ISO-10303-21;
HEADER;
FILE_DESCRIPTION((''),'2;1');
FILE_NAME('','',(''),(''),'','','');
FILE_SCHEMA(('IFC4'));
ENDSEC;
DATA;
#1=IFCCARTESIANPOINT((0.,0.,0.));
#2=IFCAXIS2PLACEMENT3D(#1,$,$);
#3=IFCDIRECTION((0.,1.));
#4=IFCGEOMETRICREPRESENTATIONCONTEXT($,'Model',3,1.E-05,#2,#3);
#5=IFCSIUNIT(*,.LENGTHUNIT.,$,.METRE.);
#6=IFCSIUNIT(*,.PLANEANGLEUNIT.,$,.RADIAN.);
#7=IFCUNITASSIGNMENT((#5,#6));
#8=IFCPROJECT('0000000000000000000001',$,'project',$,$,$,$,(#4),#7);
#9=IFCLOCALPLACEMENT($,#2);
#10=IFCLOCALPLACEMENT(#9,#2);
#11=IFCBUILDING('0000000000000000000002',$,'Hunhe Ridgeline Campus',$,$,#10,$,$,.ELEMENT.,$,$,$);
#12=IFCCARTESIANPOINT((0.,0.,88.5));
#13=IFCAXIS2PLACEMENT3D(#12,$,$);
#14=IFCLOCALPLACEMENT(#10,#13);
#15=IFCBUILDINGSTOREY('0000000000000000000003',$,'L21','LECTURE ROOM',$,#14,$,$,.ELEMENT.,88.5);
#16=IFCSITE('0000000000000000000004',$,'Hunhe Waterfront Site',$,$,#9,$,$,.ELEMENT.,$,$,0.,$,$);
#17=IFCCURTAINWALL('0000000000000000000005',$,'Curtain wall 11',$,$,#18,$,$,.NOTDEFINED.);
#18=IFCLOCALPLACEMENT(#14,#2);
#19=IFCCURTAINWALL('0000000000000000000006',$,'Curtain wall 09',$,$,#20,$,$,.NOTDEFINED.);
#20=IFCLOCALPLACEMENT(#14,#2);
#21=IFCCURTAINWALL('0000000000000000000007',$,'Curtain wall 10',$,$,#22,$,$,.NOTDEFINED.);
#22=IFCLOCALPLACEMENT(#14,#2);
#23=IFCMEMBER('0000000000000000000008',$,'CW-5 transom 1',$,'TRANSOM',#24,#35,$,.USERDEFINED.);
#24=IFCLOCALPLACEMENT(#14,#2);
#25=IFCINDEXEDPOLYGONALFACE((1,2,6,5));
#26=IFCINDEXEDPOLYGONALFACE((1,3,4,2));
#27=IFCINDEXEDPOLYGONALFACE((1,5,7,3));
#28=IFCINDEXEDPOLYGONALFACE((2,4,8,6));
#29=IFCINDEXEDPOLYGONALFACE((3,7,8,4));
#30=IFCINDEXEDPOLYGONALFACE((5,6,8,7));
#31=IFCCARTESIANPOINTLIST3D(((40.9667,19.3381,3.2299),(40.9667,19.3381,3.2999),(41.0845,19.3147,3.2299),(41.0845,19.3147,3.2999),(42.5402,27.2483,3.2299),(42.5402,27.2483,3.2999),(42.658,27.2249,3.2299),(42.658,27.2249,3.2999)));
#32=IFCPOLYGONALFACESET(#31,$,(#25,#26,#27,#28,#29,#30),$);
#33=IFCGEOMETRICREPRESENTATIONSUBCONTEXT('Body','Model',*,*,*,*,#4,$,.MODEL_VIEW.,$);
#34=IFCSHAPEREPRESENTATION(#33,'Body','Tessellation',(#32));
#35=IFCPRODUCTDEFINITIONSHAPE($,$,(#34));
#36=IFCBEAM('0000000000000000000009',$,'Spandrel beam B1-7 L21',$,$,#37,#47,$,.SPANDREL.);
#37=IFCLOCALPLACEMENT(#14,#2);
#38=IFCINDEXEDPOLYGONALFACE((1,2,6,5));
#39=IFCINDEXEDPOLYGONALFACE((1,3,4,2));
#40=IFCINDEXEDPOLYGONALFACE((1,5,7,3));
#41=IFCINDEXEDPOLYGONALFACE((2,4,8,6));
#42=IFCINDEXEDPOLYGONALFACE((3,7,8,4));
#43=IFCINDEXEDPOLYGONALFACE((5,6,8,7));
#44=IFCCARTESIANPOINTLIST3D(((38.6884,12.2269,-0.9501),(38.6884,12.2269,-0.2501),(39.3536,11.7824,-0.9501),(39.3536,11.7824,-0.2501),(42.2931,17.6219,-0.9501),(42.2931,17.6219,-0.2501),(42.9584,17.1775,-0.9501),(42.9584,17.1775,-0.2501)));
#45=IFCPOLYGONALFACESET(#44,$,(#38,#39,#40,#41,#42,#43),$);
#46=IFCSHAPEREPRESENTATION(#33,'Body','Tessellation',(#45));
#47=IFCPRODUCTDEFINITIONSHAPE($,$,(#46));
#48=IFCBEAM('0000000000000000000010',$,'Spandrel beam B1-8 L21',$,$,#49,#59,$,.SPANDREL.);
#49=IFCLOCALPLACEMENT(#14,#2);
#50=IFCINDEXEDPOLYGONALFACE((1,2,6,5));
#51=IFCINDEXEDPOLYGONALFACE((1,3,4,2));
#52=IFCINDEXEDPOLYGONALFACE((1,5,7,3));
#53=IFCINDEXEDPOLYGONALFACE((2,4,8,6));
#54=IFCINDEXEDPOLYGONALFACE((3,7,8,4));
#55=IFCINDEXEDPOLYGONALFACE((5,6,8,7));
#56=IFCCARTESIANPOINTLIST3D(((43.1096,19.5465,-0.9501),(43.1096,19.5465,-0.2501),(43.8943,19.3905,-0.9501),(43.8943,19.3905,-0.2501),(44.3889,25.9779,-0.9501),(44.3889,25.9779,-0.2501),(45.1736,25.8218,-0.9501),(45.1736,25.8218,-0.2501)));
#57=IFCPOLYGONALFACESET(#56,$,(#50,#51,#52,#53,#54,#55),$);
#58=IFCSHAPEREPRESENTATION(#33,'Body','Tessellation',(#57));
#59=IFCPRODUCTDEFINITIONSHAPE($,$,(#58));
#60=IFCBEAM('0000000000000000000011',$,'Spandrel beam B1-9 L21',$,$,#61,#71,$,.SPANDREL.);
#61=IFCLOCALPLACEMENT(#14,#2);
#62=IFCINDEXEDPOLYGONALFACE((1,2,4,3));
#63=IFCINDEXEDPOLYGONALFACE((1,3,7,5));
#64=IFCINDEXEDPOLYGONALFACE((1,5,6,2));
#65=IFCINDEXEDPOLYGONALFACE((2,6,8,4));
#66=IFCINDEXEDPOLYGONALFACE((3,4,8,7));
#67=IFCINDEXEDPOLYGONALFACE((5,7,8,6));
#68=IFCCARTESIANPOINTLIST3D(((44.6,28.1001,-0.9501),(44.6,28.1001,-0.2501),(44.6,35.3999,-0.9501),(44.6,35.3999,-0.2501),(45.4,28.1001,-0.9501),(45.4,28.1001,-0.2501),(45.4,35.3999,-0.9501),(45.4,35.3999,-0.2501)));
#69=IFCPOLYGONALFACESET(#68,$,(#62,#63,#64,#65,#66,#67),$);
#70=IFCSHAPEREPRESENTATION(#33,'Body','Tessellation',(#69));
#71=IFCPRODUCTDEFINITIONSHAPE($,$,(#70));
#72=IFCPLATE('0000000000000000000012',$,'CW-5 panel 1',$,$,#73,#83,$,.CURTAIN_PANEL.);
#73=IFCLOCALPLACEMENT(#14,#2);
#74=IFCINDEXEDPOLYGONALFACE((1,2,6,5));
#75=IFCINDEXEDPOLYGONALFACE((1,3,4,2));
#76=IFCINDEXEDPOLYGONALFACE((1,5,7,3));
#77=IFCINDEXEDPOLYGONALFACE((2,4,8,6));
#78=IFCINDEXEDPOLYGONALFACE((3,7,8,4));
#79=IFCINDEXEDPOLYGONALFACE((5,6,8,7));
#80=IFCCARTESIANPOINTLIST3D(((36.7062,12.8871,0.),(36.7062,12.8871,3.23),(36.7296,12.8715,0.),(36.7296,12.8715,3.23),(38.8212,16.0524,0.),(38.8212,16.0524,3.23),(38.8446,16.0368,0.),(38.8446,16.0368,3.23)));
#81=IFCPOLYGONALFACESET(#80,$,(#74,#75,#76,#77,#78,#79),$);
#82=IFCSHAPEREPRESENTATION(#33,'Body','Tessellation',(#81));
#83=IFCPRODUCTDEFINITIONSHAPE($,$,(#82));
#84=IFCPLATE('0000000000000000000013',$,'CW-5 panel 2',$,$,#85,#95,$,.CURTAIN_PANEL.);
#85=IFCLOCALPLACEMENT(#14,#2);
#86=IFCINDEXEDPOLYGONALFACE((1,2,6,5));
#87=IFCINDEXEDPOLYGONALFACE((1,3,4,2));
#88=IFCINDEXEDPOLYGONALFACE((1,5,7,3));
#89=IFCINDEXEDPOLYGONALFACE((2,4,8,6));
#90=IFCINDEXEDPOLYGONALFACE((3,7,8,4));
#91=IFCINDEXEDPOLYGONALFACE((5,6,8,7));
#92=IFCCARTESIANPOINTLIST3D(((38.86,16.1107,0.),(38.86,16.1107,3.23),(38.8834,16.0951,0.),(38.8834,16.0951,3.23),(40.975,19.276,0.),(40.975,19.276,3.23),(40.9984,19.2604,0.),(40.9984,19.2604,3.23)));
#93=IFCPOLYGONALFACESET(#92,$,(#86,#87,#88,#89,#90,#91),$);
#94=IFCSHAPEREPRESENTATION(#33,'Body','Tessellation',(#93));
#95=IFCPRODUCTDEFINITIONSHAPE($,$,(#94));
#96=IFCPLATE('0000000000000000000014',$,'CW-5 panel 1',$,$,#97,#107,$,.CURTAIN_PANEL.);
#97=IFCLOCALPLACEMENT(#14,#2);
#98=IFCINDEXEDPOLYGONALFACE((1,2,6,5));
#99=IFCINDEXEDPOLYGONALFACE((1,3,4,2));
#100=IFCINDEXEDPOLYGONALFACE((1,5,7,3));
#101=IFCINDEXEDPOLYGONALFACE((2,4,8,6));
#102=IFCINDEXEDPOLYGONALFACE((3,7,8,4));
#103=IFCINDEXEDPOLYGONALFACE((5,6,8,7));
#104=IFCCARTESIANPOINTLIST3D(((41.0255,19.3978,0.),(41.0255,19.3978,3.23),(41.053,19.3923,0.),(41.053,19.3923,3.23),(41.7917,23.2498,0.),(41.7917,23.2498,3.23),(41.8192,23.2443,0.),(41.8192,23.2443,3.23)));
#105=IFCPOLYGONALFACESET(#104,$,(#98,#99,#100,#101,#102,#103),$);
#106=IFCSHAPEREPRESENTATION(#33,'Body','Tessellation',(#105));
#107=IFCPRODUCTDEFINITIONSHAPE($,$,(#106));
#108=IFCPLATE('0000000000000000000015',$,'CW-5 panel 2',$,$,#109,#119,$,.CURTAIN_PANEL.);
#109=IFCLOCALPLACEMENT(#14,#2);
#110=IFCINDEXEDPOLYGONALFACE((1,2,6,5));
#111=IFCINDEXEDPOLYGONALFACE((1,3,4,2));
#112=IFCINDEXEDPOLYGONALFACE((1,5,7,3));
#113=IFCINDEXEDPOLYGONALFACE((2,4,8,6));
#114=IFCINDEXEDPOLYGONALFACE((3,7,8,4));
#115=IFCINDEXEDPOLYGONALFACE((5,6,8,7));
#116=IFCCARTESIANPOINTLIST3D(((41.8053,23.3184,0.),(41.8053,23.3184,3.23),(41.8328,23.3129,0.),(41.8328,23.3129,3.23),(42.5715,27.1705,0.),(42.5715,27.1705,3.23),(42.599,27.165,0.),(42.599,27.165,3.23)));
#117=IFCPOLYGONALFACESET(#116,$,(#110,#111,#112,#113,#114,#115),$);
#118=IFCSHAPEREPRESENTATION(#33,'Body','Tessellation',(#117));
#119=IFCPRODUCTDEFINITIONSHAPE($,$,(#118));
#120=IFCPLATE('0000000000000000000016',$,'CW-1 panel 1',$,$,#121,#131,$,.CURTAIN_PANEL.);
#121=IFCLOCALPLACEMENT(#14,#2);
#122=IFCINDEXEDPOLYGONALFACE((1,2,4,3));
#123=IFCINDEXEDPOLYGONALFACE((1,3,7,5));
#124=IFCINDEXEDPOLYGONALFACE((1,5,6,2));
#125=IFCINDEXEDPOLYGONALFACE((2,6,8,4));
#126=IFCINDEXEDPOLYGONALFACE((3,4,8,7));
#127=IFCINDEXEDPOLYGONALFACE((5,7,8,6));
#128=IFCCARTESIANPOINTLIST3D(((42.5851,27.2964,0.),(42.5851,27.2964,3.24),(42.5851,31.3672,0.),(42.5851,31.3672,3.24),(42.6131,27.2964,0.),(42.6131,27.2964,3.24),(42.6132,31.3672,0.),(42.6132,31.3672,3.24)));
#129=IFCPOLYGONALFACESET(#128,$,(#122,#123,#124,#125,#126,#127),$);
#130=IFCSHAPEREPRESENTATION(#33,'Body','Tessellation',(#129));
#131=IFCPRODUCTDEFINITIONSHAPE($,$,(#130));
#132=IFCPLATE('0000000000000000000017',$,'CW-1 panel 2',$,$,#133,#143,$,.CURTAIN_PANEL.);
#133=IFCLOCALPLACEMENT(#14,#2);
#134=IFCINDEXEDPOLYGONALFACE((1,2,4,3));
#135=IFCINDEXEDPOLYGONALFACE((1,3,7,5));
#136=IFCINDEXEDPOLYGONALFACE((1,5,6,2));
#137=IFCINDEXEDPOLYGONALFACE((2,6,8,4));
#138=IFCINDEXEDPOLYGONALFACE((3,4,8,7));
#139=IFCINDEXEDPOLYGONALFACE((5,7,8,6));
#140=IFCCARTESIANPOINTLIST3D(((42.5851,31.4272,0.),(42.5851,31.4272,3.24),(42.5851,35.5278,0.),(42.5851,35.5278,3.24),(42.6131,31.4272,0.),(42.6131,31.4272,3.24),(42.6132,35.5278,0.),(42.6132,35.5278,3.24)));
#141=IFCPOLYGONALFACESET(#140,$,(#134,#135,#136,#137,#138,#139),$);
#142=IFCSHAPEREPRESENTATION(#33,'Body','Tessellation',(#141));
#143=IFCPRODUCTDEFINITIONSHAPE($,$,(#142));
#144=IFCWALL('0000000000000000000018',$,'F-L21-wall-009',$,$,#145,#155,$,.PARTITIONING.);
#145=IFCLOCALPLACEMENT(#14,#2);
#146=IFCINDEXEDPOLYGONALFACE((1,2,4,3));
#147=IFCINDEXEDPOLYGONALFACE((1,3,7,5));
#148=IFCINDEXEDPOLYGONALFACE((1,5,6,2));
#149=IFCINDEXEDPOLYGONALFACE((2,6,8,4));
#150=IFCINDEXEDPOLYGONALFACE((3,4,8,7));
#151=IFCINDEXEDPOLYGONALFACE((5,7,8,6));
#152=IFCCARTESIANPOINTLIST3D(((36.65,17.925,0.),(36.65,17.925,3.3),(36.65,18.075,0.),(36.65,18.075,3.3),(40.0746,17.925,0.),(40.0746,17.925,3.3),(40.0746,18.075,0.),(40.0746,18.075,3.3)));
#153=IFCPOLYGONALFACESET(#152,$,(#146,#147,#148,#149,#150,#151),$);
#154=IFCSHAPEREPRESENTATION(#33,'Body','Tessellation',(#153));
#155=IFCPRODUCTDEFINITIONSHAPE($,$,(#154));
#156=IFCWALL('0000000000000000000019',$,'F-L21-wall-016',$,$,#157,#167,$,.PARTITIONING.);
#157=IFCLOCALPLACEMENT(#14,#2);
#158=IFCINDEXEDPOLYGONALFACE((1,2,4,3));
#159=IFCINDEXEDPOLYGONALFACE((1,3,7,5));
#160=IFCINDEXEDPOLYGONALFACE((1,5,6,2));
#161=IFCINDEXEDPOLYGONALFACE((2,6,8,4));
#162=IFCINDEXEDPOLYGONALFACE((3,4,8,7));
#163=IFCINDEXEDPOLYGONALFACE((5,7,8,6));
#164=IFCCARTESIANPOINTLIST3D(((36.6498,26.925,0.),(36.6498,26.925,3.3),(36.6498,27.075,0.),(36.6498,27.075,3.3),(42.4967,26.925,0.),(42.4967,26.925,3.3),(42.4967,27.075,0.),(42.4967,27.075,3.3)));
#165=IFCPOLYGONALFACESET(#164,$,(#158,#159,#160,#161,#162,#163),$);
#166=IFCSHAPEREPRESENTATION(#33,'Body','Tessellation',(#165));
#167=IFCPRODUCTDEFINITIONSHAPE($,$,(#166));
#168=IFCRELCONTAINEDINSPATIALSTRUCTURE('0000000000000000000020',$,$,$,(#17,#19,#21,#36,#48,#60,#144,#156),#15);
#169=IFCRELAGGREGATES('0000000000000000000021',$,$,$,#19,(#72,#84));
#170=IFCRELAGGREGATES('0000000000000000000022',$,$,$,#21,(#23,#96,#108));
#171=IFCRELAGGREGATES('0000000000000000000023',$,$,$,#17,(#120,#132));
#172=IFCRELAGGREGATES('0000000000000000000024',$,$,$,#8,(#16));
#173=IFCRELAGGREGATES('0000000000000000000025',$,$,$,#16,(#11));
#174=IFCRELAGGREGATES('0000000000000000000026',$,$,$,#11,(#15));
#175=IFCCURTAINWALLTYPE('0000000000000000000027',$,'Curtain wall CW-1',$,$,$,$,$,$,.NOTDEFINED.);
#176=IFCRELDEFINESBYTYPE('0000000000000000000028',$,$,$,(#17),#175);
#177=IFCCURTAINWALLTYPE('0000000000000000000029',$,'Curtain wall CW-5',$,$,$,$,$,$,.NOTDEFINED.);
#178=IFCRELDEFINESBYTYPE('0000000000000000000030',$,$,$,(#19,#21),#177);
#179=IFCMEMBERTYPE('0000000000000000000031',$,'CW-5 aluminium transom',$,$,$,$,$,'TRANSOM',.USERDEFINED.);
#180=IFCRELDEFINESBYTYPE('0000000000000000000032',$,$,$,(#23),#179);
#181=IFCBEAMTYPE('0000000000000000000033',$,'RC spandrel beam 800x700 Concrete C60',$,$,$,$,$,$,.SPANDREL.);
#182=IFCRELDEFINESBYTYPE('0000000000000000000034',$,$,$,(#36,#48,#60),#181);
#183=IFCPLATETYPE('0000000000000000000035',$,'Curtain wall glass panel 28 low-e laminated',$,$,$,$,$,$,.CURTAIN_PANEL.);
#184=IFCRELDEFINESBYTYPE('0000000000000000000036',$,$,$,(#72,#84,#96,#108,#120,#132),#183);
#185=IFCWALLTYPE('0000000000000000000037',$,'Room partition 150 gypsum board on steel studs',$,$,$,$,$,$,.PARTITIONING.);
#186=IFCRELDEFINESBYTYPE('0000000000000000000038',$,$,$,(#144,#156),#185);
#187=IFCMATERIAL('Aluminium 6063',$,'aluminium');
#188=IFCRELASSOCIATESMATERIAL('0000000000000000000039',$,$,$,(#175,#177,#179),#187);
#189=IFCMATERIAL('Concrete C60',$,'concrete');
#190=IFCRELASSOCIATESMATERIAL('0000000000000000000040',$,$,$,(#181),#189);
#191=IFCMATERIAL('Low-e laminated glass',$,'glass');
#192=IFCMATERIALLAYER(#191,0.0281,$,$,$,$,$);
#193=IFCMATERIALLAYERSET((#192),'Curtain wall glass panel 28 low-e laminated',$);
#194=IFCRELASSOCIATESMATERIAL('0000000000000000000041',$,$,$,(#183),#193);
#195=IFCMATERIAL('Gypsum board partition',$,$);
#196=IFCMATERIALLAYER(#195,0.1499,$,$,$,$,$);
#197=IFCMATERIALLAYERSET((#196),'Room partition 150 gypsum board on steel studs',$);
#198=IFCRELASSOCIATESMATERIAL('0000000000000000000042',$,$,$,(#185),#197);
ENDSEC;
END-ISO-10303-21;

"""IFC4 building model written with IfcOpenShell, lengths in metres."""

from ifc_helpers import new_model, si_unit, direction, frame, frame_2d, origin, origin_2d, place, context, subcontext, project, spatial, rectangle, extrude, material, layer, layer_set, material_profile, profile_set, type_object, element, aggregate, save


model = new_model("IFC4")

# Units and contexts
model_context = context("Model", 3, precision=1e-05, world=origin(), true_north=direction((0.0, 1.0)))
body_context = subcontext(model_context, "Body", "Model", "MODEL_VIEW")
ifc_project = project(units=[si_unit("LENGTHUNIT", "METRE"), si_unit("PLANEANGLEUNIT", "RADIAN")], contexts=[model_context])

# Site, building, storey
site_placement = place(None, origin())
site = spatial("IfcSite", under=ifc_project, at=site_placement, Name="Hunhe Waterfront Site", CompositionType="ELEMENT", RefElevation=0.0)
building_placement = place(site_placement, origin())
building = spatial("IfcBuilding", under=site, at=building_placement, Name="Hunhe Ridgeline Campus", CompositionType="ELEMENT")
storey_placement = place(building_placement, frame((0.0, 0.0, 88.5)))
storey = spatial("IfcBuildingStorey", under=building, at=storey_placement, Name="L21", Description="LECTURE ROOM", CompositionType="ELEMENT", Elevation=88.5)

# Curtain walls
ifc_material_1 = material(Name="Aluminium 6063", Category="aluminium")
curtain_wall_type_1 = type_object("IfcCurtainWallType", Name="Curtain wall CW-1", PredefinedType="NOTDEFINED", material=ifc_material_1)
curtain_wall_1_placement = place(storey_placement, origin())
curtain_wall_1 = element("IfcCurtainWall", 1, at=curtain_wall_1_placement, inside=storey, type_object=curtain_wall_type_1, Name="Curtain wall 11", PredefinedType="NOTDEFINED")
curtain_wall_type_2 = type_object("IfcCurtainWallType", Name="Curtain wall CW-5", PredefinedType="NOTDEFINED", material=ifc_material_1)
curtain_wall_2_placement = place(storey_placement, origin())
curtain_wall_2 = element("IfcCurtainWall", 2, at=curtain_wall_2_placement, inside=storey, type_object=curtain_wall_type_2, Name="Curtain wall 09", PredefinedType="NOTDEFINED")
curtain_wall_3_placement = place(storey_placement, origin())
curtain_wall_3 = element("IfcCurtainWall", 3, at=curtain_wall_3_placement, inside=storey, type_object=curtain_wall_type_2, Name="Curtain wall 10", PredefinedType="NOTDEFINED")

# Member
ifc_material_profile_1 = material_profile(ifc_material_1, rectangle(XDim=0.1201, YDim=0.0701, at=origin_2d()))
ifc_profile_set_1 = profile_set([ifc_material_profile_1], Name="Aluminium 6063")
member_type_1 = type_object("IfcMemberType", Name="CW-5 aluminium transom", ElementType="TRANSOM", PredefinedType="USERDEFINED", material=ifc_profile_set_1)
member_1_placement = place(storey_placement, frame((41.0256, 19.3264, 3.2649), z_axis=(0.195097, 0.980784, 0.0), x_axis=(-0.980784, 0.195097, 0.0)))
member_1 = element("IfcMember", 4, at=member_1_placement, type_object=member_type_1, Name="CW-5 transom 1", ObjectType="TRANSOM", PredefinedType="USERDEFINED", context=body_context, shape_type="SweptSolid", body=[
    extrude(rectangle(XDim=0.1201, YDim=0.0701, at=origin_2d()), origin(), (0.0, 0.0, 1.0), 8.0652),
])

# Beams
ifc_material_2 = material(Name="Concrete C60", Category="concrete")
ifc_material_profile_2 = material_profile(ifc_material_2, rectangle(XDim=0.8, YDim=0.7, at=origin_2d()))
ifc_profile_set_2 = profile_set([ifc_material_profile_2], Name="Concrete C60")
beam_type = type_object("IfcBeamType", Name="RC spandrel beam 800x700 Concrete C60", PredefinedType="SPANDREL", material=ifc_profile_set_2)
beam_1_placement = place(storey_placement, frame((39.021, 12.0046, -0.6001), z_axis=(0.55556, 0.831477, 0.0), x_axis=(-0.831477, 0.55556, 0.0)))
element("IfcBeam", 5, at=beam_1_placement, inside=storey, type_object=beam_type, Name="Spandrel beam B1-7 L21", PredefinedType="SPANDREL", context=body_context, shape_type="SweptSolid", body=[
    extrude(rectangle(XDim=0.8, YDim=0.7, at=origin_2d()), origin(), (0.0, 0.0, 1.0), 6.4885),
])
beam_2_placement = place(storey_placement, frame((43.502, 19.4685, -0.6001), z_axis=(0.195092, 0.980785, 0.0), x_axis=(-0.980785, 0.195092, 0.0)))
element("IfcBeam", 6, at=beam_2_placement, inside=storey, type_object=beam_type, Name="Spandrel beam B1-8 L21", PredefinedType="SPANDREL", context=body_context, shape_type="SweptSolid", body=[
    extrude(rectangle(XDim=0.8, YDim=0.7, at=origin_2d()), origin(), (0.0, 0.0, 1.0), 6.5574),
])
beam_3_placement = place(storey_placement, frame((45.0, 28.1001, -0.6001), z_axis=(0.0, 1.0, 0.0), x_axis=(-1.0, 0.0, 0.0)))
element("IfcBeam", 7, at=beam_3_placement, inside=storey, type_object=beam_type, Name="Spandrel beam B1-9 L21", PredefinedType="SPANDREL", context=body_context, shape_type="SweptSolid", body=[
    extrude(rectangle(XDim=0.8, YDim=0.7, at=origin_2d()), origin(), (0.0, 0.0, 1.0), 7.2998),
])

# Plates
ifc_material_3 = material(Name="Low-e laminated glass", Category="glass")
ifc_layer_1 = layer(ifc_material_3, 0.0281)
ifc_layer_set_1 = layer_set([ifc_layer_1], Name="Curtain wall glass panel 28 low-e laminated")
plate_type = type_object("IfcPlateType", Name="Curtain wall glass panel 28 low-e laminated", PredefinedType="CURTAIN_PANEL", material=ifc_layer_set_1)
plate_1_placement = place(storey_placement, frame((37.7754, 14.4619, 0.0), z_axis=(0.0, 0.0, 1.0), x_axis=(0.55557, 0.83147, 0.0)))
plate_1 = element("IfcPlate", 8, at=plate_1_placement, type_object=plate_type, Name="CW-5 panel 1", PredefinedType="CURTAIN_PANEL", context=body_context, shape_type="SweptSolid", body=[
    extrude(rectangle(XDim=3.8069, YDim=0.0281, at=origin_2d()), origin(), (0.0, 0.0, 1.0), 3.23),
])
plate_2_placement = place(storey_placement, frame((39.9292, 17.6855, 0.0), z_axis=(0.0, 0.0, 1.0), x_axis=(0.55557, 0.83147, 0.0)))
plate_2 = element("IfcPlate", 9, at=plate_2_placement, type_object=plate_type, Name="CW-5 panel 2", PredefinedType="CURTAIN_PANEL", context=body_context, shape_type="SweptSolid", body=[
    extrude(rectangle(XDim=3.8069, YDim=0.0281, at=origin_2d()), origin(), (0.0, 0.0, 1.0), 3.23),
])
aggregate(curtain_wall_2, [plate_1, plate_2])
plate_3_placement = place(storey_placement, frame((41.4224, 21.321, 0.0), z_axis=(0.0, 0.0, 1.0), x_axis=(0.19509, 0.980785, 0.0)))
plate_3 = element("IfcPlate", 10, at=plate_3_placement, type_object=plate_type, Name="CW-5 panel 1", PredefinedType="CURTAIN_PANEL", context=body_context, shape_type="SweptSolid", body=[
    extrude(rectangle(XDim=3.9275, YDim=0.0281, at=origin_2d()), origin(), (0.0, 0.0, 1.0), 3.23),
])
plate_4_placement = place(storey_placement, frame((42.2021, 25.2417, 0.0), z_axis=(0.0, 0.0, 1.0), x_axis=(0.19509, 0.980785, 0.0)))
plate_4 = element("IfcPlate", 11, at=plate_4_placement, type_object=plate_type, Name="CW-5 panel 2", PredefinedType="CURTAIN_PANEL", context=body_context, shape_type="SweptSolid", body=[
    extrude(rectangle(XDim=3.9275, YDim=0.0281, at=origin_2d()), origin(), (0.0, 0.0, 1.0), 3.23),
])
aggregate(curtain_wall_3, [member_1, plate_3, plate_4])
plate_5_placement = place(storey_placement, frame((42.5991, 29.3318, 0.0), z_axis=(0.0, 0.0, 1.0), x_axis=(0.000011, 1.0, 0.0)))
plate_5 = element("IfcPlate", 12, at=plate_5_placement, type_object=plate_type, Name="CW-1 panel 1", PredefinedType="CURTAIN_PANEL", context=body_context, shape_type="SweptSolid", body=[
    extrude(rectangle(XDim=4.0708, YDim=0.0281, at=origin_2d()), origin(), (0.0, 0.0, 1.0), 3.24),
])
plate_6_placement = place(storey_placement, frame((42.5991, 33.4775, 0.0), z_axis=(0.0, 0.0, 1.0), x_axis=(0.000011, 1.0, 0.0)))
plate_6 = element("IfcPlate", 13, at=plate_6_placement, type_object=plate_type, Name="CW-1 panel 2", PredefinedType="CURTAIN_PANEL", context=body_context, shape_type="SweptSolid", body=[
    extrude(rectangle(XDim=4.1006, YDim=0.0281, at=origin_2d()), origin(), (0.0, 0.0, 1.0), 3.24),
])
aggregate(curtain_wall_1, [plate_5, plate_6])

# Walls
ifc_material_4 = material(Name="Gypsum board partition")
ifc_layer_2 = layer(ifc_material_4, 0.1499)
ifc_layer_set_2 = layer_set([ifc_layer_2], Name="Room partition 150 gypsum board on steel studs")
wall_type = type_object("IfcWallType", Name="Room partition 150 gypsum board on steel studs", PredefinedType="PARTITIONING", material=ifc_layer_set_2)
wall_1_placement = place(storey_placement, frame((36.6499, 18.0, 0.0), z_axis=(0.0, 0.0, 1.0), x_axis=(1.0, 0.0, 0.0)))
element("IfcWall", 14, at=wall_1_placement, inside=storey, type_object=wall_type, Name="F-L21-wall-009", PredefinedType="PARTITIONING", context=body_context, shape_type="SweptSolid", body=[
    extrude(rectangle(XDim=3.4246, YDim=0.1499, at=frame_2d((1.7124, 0.0))), origin(), (0.0, 0.0, 1.0), 3.3),
])
wall_2_placement = place(storey_placement, frame((36.6499, 27.0, 0.0), z_axis=(0.0, 0.0, 1.0), x_axis=(1.0, 0.0, 0.0)))
element("IfcWall", 15, at=wall_2_placement, inside=storey, type_object=wall_type, Name="F-L21-wall-016", PredefinedType="PARTITIONING", context=body_context, shape_type="SweptSolid", body=[
    extrude(rectangle(XDim=5.8469, YDim=0.1499, at=frame_2d((2.9233, 0.0))), origin(), (0.0, 0.0, 1.0), 3.3),
])

save(model, "model.ifc")
